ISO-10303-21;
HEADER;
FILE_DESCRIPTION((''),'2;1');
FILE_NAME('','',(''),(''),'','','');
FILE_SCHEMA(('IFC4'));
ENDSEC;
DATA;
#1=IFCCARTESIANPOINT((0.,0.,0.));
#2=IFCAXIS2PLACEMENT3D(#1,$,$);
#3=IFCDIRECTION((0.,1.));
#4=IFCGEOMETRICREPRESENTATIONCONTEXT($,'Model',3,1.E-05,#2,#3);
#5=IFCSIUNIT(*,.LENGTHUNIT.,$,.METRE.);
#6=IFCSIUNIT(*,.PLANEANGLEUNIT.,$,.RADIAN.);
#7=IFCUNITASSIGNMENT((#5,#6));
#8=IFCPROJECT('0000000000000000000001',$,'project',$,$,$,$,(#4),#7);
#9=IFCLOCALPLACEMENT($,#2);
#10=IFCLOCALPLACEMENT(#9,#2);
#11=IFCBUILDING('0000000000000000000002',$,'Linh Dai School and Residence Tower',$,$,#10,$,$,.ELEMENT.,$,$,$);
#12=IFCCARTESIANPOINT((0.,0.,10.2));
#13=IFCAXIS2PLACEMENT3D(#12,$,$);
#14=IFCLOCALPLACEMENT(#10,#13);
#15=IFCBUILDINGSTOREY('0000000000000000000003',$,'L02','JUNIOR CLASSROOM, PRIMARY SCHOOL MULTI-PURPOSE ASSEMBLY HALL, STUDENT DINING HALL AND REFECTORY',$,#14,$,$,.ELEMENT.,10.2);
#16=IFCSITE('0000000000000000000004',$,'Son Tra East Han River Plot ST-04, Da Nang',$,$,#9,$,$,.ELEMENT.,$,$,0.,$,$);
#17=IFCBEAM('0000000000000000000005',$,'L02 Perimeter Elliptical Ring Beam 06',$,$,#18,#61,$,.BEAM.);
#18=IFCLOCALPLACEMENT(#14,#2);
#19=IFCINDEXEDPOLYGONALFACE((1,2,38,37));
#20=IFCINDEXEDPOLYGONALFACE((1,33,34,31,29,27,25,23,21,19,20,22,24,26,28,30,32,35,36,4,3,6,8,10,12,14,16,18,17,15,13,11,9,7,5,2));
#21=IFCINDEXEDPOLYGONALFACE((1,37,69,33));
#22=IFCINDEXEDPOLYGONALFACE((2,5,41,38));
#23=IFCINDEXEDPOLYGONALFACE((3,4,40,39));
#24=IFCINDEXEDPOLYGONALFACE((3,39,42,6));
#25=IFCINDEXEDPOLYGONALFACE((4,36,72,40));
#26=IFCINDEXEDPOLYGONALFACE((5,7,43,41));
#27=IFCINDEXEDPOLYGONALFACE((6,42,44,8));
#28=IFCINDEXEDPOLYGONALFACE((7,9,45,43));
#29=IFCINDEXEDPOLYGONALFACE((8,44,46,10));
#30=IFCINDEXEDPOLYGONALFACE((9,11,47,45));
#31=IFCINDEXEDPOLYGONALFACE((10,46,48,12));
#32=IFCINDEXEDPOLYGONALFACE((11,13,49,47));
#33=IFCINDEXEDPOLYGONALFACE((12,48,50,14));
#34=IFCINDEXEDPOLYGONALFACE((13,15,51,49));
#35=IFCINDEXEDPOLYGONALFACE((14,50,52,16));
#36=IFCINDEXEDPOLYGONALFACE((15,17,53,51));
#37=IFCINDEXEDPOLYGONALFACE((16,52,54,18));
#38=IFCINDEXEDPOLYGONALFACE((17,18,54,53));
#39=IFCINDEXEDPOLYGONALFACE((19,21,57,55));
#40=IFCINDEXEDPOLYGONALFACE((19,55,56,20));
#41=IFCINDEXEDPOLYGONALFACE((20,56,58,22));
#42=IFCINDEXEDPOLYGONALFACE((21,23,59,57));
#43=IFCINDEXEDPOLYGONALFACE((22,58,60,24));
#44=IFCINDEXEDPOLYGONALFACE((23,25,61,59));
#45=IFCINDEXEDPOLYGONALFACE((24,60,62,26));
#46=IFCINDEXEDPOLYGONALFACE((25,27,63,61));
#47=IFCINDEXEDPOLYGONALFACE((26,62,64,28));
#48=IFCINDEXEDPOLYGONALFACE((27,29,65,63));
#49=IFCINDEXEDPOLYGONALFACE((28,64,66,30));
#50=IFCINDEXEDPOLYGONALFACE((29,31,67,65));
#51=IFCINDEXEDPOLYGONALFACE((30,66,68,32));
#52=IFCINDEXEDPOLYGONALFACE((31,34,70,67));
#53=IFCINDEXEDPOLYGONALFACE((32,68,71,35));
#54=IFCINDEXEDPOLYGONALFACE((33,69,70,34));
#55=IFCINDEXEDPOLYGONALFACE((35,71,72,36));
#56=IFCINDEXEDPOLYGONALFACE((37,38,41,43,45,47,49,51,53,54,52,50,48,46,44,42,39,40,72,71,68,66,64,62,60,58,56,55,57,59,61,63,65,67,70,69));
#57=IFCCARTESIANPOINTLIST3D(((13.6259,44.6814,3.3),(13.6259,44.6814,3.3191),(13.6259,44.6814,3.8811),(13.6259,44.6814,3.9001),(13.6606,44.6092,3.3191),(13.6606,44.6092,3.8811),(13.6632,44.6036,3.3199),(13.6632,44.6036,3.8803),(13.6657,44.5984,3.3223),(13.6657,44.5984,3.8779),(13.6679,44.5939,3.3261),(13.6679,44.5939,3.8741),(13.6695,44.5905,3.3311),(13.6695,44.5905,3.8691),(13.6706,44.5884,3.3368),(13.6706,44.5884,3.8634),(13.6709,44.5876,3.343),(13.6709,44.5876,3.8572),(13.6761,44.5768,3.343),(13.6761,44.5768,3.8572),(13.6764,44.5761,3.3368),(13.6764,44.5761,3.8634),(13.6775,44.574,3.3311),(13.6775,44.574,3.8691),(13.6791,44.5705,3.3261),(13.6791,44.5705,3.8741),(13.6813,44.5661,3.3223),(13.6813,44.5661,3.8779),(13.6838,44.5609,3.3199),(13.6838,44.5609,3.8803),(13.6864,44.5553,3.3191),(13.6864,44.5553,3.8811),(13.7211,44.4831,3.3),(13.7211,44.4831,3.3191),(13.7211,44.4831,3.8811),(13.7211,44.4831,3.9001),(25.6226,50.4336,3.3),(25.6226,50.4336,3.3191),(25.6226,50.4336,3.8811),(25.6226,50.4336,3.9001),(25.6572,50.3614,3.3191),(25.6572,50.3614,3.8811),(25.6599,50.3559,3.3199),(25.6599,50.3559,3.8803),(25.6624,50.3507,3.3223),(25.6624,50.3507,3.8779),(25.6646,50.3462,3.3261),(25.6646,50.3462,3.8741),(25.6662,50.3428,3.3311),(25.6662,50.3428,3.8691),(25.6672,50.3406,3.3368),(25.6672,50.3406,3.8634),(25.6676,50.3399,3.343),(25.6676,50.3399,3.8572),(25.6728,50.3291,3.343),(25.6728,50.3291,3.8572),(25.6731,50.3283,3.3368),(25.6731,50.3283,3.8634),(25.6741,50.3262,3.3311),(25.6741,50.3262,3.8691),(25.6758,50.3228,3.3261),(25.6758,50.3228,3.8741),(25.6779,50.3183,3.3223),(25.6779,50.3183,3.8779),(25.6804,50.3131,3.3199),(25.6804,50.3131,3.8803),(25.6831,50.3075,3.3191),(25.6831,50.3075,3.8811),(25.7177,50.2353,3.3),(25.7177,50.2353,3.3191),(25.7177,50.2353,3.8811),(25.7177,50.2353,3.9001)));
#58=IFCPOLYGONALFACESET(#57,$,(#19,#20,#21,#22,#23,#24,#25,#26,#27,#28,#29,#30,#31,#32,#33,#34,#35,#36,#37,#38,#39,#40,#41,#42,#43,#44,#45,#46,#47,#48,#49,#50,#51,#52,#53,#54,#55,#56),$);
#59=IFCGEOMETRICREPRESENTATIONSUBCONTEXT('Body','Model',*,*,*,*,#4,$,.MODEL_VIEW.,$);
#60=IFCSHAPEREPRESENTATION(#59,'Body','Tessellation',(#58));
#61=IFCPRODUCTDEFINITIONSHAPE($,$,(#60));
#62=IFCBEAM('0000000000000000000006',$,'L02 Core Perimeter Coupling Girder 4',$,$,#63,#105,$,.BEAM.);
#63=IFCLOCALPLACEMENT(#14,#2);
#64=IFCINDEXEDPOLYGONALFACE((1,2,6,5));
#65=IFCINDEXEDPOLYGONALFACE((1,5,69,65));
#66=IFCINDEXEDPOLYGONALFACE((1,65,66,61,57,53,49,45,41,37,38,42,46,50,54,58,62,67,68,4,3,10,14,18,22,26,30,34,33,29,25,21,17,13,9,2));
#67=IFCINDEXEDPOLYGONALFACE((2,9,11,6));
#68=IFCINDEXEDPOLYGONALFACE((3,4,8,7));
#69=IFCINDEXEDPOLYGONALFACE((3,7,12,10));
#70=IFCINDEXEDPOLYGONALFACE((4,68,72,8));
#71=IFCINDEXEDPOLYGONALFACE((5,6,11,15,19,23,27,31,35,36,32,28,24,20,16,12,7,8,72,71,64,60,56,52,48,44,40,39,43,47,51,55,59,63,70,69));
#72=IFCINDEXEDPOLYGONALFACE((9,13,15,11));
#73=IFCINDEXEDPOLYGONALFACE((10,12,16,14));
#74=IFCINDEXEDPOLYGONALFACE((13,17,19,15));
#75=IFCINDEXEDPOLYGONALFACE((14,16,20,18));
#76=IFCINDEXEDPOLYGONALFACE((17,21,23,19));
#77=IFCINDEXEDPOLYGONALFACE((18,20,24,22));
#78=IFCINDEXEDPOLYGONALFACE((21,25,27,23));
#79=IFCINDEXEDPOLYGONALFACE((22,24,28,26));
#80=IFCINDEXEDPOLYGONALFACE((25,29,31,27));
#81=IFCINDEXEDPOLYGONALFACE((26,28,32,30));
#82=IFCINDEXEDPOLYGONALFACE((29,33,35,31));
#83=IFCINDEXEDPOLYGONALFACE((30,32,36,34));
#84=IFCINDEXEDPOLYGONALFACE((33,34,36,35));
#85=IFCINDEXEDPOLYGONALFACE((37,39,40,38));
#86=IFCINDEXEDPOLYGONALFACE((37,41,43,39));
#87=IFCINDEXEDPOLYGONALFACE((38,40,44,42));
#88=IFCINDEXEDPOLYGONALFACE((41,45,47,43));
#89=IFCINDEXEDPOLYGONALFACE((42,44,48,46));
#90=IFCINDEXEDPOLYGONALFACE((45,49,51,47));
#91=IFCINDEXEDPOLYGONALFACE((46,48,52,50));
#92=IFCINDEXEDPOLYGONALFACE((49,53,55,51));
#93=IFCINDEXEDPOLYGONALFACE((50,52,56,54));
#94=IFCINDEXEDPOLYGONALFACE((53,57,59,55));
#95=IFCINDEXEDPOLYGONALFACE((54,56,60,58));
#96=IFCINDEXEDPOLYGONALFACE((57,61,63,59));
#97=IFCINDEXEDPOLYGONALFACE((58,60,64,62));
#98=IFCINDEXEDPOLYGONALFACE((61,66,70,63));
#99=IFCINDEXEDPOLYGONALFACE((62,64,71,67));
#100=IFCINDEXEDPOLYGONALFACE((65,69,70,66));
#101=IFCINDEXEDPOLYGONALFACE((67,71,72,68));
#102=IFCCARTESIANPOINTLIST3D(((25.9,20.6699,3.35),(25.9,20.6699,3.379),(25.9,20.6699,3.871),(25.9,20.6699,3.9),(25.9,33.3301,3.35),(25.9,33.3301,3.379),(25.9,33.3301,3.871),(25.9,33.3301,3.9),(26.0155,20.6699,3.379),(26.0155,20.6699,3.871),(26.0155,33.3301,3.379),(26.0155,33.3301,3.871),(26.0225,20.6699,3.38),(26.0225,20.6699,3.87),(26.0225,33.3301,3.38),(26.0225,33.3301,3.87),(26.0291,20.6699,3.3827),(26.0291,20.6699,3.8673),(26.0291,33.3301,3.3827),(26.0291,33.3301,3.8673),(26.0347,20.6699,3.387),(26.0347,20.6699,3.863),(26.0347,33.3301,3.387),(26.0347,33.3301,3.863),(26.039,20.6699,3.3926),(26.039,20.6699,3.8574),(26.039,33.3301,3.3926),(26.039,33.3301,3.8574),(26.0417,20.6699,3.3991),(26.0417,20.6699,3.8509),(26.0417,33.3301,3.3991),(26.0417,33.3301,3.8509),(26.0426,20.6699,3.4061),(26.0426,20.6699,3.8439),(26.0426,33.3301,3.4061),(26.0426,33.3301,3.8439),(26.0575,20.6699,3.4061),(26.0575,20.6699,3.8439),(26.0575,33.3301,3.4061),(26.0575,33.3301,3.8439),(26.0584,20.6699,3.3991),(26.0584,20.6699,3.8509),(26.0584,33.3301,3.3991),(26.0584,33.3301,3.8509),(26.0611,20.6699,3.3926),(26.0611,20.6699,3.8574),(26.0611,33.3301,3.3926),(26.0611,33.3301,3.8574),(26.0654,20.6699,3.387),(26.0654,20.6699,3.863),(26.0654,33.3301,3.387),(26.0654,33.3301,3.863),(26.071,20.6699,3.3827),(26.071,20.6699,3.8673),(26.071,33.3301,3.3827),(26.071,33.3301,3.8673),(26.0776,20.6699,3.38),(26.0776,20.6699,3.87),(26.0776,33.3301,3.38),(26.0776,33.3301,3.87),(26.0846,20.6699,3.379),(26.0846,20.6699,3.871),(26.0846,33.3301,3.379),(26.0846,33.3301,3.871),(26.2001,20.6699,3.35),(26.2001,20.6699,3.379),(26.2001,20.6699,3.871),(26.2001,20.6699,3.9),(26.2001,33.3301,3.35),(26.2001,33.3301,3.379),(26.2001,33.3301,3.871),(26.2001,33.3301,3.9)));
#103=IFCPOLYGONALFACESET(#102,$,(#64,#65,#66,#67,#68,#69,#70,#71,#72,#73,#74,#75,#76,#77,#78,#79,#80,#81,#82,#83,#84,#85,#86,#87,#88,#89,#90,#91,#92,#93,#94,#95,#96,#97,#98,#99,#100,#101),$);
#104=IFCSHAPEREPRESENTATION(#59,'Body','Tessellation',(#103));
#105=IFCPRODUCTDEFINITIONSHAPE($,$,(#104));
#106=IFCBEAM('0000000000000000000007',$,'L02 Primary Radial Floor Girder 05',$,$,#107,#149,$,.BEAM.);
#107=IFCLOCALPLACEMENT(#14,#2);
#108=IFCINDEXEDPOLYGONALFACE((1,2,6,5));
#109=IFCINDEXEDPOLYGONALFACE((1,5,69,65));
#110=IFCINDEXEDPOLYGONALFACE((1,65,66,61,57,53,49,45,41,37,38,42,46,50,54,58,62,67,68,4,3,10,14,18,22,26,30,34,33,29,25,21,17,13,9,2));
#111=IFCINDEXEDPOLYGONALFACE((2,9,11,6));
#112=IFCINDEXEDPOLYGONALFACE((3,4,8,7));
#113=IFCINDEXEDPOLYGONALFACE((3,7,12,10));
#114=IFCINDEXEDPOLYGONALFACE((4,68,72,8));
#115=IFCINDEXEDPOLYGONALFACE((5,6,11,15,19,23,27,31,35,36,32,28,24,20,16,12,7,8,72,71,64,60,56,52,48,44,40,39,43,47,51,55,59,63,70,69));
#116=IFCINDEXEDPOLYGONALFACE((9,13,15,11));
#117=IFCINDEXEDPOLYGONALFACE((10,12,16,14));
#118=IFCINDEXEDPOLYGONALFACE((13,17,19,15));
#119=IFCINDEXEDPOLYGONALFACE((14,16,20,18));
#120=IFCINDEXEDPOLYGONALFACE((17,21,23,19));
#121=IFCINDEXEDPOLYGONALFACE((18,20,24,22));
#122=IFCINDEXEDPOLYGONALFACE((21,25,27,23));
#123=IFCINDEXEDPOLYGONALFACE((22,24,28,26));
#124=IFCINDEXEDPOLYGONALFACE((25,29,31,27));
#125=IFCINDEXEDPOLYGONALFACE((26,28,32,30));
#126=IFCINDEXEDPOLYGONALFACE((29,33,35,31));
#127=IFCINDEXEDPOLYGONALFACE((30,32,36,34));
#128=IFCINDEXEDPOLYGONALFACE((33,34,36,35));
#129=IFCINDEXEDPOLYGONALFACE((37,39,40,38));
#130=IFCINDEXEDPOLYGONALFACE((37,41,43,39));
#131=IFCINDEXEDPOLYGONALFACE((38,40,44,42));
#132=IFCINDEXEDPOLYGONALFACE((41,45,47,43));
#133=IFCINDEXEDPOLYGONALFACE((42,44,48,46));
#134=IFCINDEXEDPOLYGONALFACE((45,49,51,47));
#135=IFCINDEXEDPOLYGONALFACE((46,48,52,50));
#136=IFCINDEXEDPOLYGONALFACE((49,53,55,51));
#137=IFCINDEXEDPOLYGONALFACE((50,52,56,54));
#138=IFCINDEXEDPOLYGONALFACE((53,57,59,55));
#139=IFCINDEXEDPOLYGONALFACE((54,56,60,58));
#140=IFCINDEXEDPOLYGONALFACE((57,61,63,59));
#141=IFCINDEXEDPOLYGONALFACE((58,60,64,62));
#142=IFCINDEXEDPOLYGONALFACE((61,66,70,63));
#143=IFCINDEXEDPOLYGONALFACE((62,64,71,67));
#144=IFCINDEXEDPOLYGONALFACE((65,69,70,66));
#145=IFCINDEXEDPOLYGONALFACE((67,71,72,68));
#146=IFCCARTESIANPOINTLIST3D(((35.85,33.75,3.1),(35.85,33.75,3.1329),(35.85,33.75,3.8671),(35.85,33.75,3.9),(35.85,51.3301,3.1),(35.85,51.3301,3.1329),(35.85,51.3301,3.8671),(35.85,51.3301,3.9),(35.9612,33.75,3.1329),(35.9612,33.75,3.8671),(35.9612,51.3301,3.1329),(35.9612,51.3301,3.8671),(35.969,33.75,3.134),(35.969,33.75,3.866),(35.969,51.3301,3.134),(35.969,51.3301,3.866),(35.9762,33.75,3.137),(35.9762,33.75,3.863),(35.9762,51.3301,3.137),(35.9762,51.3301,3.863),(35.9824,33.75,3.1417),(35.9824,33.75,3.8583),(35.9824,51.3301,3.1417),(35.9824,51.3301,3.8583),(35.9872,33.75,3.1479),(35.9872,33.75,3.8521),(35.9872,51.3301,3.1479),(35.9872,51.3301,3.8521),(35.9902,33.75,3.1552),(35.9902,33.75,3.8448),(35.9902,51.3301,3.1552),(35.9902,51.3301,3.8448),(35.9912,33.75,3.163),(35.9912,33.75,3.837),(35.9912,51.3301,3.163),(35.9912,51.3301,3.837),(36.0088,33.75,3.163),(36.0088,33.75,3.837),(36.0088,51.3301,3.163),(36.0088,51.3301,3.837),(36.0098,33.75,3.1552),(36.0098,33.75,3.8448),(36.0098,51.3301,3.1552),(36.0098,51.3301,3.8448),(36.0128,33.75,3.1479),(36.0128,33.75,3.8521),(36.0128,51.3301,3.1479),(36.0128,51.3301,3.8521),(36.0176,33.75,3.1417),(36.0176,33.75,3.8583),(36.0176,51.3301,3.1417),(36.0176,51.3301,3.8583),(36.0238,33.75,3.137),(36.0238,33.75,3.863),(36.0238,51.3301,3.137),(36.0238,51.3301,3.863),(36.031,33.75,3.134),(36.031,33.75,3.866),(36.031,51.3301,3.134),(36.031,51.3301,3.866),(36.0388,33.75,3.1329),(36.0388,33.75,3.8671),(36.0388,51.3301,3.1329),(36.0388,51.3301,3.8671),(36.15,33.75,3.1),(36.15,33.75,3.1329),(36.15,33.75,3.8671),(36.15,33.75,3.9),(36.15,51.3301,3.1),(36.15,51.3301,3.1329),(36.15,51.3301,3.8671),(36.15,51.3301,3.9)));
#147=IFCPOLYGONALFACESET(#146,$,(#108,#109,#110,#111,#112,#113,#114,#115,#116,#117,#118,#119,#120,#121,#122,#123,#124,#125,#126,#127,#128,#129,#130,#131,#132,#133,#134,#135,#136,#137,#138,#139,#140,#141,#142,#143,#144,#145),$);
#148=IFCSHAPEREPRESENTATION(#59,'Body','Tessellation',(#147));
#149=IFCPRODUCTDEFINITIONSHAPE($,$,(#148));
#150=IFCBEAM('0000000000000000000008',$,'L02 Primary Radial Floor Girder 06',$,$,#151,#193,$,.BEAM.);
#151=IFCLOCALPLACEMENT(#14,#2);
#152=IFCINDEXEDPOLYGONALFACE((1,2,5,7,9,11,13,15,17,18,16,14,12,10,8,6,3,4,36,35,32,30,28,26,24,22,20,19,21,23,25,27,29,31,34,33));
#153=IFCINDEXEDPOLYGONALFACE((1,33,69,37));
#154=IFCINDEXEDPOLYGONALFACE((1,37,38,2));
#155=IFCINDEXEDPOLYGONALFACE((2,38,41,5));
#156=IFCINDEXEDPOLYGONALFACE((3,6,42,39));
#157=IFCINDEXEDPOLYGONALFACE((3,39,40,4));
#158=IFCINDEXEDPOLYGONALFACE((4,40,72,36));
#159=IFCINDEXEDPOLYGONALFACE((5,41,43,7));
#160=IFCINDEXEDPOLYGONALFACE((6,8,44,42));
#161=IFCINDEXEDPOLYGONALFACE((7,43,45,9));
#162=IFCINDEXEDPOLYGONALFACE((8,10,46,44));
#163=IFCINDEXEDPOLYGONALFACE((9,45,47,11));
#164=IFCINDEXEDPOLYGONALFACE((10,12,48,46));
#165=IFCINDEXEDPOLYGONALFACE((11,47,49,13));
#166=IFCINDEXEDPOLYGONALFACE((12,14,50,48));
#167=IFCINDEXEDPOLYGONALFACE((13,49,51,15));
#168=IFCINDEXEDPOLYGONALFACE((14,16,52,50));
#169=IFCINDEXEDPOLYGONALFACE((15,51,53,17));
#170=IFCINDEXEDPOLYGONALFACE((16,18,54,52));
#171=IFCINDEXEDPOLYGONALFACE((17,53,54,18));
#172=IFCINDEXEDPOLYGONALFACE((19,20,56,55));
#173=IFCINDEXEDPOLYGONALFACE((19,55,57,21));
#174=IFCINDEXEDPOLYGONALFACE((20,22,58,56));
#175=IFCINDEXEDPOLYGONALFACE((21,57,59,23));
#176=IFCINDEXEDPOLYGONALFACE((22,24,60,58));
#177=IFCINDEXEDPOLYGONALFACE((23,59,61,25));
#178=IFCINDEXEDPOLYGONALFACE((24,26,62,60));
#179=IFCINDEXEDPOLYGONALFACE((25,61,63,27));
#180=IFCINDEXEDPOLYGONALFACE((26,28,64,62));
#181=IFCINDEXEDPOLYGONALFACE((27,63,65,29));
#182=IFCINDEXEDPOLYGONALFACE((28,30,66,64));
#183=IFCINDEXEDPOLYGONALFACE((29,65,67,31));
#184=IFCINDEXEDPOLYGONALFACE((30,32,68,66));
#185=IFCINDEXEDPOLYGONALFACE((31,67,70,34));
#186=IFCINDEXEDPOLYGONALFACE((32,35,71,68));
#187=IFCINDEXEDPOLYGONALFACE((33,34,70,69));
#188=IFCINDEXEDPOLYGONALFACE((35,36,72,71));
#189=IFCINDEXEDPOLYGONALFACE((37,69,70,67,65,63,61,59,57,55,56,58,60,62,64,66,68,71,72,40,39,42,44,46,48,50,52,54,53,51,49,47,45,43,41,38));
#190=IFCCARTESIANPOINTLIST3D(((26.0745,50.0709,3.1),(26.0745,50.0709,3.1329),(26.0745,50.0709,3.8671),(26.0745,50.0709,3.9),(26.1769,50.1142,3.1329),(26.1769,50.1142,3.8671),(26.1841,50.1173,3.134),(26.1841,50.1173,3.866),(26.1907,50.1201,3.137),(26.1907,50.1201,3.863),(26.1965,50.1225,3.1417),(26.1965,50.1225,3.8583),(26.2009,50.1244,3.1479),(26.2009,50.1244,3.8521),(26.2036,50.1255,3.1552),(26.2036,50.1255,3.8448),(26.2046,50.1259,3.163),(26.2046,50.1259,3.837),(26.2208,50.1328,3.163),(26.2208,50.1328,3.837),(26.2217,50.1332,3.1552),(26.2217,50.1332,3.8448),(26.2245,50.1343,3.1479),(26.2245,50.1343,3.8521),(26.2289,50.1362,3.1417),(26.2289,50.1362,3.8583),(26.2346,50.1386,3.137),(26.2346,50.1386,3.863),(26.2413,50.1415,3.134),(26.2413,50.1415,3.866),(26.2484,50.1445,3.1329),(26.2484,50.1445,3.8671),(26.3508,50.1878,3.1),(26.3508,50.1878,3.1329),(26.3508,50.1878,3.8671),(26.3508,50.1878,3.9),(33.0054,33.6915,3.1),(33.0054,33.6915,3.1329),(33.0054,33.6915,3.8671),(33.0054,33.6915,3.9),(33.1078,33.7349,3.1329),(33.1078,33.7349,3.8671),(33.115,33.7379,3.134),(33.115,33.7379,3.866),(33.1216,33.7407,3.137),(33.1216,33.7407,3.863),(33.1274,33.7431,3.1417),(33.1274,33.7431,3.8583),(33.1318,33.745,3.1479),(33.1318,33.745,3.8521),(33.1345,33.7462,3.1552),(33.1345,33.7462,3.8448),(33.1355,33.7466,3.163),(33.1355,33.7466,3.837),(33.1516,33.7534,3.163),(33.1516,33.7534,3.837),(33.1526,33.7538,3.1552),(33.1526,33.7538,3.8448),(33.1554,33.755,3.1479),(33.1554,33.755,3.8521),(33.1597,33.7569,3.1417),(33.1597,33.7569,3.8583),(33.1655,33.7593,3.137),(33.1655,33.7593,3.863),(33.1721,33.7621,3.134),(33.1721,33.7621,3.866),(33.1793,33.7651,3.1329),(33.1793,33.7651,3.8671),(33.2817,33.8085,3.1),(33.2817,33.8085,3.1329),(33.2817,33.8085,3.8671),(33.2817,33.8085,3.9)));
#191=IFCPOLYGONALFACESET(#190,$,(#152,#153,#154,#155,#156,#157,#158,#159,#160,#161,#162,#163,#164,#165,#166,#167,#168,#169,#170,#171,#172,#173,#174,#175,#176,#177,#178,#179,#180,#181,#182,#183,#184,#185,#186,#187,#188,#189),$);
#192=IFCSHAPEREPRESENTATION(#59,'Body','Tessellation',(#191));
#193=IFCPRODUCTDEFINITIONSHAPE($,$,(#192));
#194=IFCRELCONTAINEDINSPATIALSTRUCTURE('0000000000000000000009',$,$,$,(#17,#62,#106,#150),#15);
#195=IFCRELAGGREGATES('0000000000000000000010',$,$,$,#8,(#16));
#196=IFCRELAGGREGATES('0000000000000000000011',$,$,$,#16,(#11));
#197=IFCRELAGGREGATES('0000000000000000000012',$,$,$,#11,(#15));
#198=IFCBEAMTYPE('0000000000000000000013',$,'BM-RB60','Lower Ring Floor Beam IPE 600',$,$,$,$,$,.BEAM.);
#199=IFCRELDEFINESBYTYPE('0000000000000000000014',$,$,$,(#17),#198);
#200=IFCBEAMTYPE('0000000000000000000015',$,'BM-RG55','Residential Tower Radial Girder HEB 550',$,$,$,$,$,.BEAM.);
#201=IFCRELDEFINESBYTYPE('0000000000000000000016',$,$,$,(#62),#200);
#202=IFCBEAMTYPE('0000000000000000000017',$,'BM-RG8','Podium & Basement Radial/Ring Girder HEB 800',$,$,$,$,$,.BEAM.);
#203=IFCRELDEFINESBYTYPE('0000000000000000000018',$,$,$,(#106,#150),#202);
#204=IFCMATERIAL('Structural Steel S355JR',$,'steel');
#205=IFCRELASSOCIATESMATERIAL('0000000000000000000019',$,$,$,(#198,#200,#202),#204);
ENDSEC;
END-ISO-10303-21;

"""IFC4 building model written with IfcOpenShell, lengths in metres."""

from ifc_helpers import new_model, si_unit, direction, frame, origin, origin_2d, place, context, subcontext, project, spatial, i_section, extrude, material, material_profile, profile_set, type_object, element, save


model = new_model("IFC4")

# Units and contexts
model_context = context("Model", 3, precision=1e-05, world=origin(), true_north=direction((0.0, 1.0)))
body_context = subcontext(model_context, "Body", "Model", "MODEL_VIEW")
ifc_project = project(units=[si_unit("LENGTHUNIT", "METRE"), si_unit("PLANEANGLEUNIT", "RADIAN")], contexts=[model_context])

# Site, building, storey
site_placement = place(None, origin())
site = spatial("IfcSite", under=ifc_project, at=site_placement, Name="Son Tra East Han River Plot ST-04, Da Nang", CompositionType="ELEMENT", RefElevation=0.0)
building_placement = place(site_placement, origin())
building = spatial("IfcBuilding", under=site, at=building_placement, Name="Linh Dai School and Residence Tower", CompositionType="ELEMENT")
storey_placement = place(building_placement, frame((0.0, 0.0, 10.2)))
storey = spatial("IfcBuildingStorey", under=building, at=storey_placement, Name="L02", Description="JUNIOR CLASSROOM, PRIMARY SCHOOL MULTI-PURPOSE ASSEMBLY HALL, STUDENT DINING HALL AND REFECTORY", CompositionType="ELEMENT", Elevation=10.2)

# Shared definitions
ifc_material_1 = material(Name="Structural Steel S355JR", Category="steel")

# Beams
ifc_material_profile_1 = material_profile(ifc_material_1, i_section(OverallWidth=0.22, OverallDepth=0.6001, WebThickness=0.012, FlangeThickness=0.019, FilletRadius=0.0239, at=origin_2d()), Name="IPE 600")
ifc_profile_set_1 = profile_set([ifc_material_profile_1], Name="Structural Steel S355JR")
beam_type_1 = type_object("IfcBeamType", Name="BM-RB60", Description="Lower Ring Floor Beam IPE 600", PredefinedType="BEAM", material=ifc_profile_set_1)
beam_1_placement = place(storey_placement, frame((25.6702, 50.3345, 3.6001), z_axis=(-0.901704, -0.432355, 0.0), x_axis=(0.432355, -0.901704, 0.0)))
element("IfcBeam", 1, at=beam_1_placement, inside=storey, type_object=beam_type_1, Name="L02 Perimeter Elliptical Ring Beam 06", PredefinedType="BEAM", context=body_context, shape_type="SweptSolid", body=[
    extrude(i_section(OverallWidth=0.22, OverallDepth=0.6001, WebThickness=0.012, FlangeThickness=0.019, FilletRadius=0.0239, at=origin_2d()), origin(), (0.0, 0.0, 1.0), 13.3044),
])
ifc_material_profile_2 = material_profile(ifc_material_1, i_section(OverallWidth=0.3, OverallDepth=0.55, WebThickness=0.0149, FlangeThickness=0.0291, FilletRadius=0.0271, at=origin_2d()), Name="HEB 550")
ifc_profile_set_2 = profile_set([ifc_material_profile_2], Name="Structural Steel S355JR")
beam_type_2 = type_object("IfcBeamType", Name="BM-RG55", Description="Residential Tower Radial Girder HEB 550", PredefinedType="BEAM", material=ifc_profile_set_2)
beam_2_placement = place(storey_placement, frame((26.05, 33.3301, 3.625), z_axis=(0.0, -1.0, 0.0), x_axis=(1.0, 0.0, 0.0)))
element("IfcBeam", 2, at=beam_2_placement, inside=storey, type_object=beam_type_2, Name="L02 Core Perimeter Coupling Girder 4", PredefinedType="BEAM", context=body_context, shape_type="SweptSolid", body=[
    extrude(i_section(OverallWidth=0.3, OverallDepth=0.55, WebThickness=0.0149, FlangeThickness=0.0291, FilletRadius=0.0271, at=origin_2d()), origin(), (0.0, 0.0, 1.0), 12.6602),
])
ifc_material_profile_3 = material_profile(ifc_material_1, i_section(OverallWidth=0.3, OverallDepth=0.8, WebThickness=0.0176, FlangeThickness=0.033, FilletRadius=0.03, at=origin_2d()), Name="HEB 800")
ifc_profile_set_3 = profile_set([ifc_material_profile_3], Name="Structural Steel S355JR")
beam_type_3 = type_object("IfcBeamType", Name="BM-RG8", Description="Podium & Basement Radial/Ring Girder HEB 800", PredefinedType="BEAM", material=ifc_profile_set_3)
beam_3_placement = place(storey_placement, frame((36.0, 33.75, 3.5), z_axis=(0.0, 1.0, 0.0), x_axis=(-1.0, 0.0, 0.0)))
element("IfcBeam", 3, at=beam_3_placement, inside=storey, type_object=beam_type_3, Name="L02 Primary Radial Floor Girder 05", PredefinedType="BEAM", context=body_context, shape_type="SweptSolid", body=[
    extrude(i_section(OverallWidth=0.3, OverallDepth=0.8, WebThickness=0.0176, FlangeThickness=0.033, FilletRadius=0.03, at=origin_2d()), origin(), (0.0, 0.0, 1.0), 17.5801),
])
beam_4_placement = place(storey_placement, frame((33.1436, 33.75, 3.5), z_axis=(-0.389696, 0.920944, 0.0), x_axis=(-0.920944, -0.389696, 0.0)))
element("IfcBeam", 4, at=beam_4_placement, inside=storey, type_object=beam_type_3, Name="L02 Primary Radial Floor Girder 06", PredefinedType="BEAM", context=body_context, shape_type="SweptSolid", body=[
    extrude(i_section(OverallWidth=0.3, OverallDepth=0.8, WebThickness=0.0176, FlangeThickness=0.033, FilletRadius=0.03, at=origin_2d()), origin(), (0.0, 0.0, 1.0), 17.7854),
])

save(model, "model.ifc")
